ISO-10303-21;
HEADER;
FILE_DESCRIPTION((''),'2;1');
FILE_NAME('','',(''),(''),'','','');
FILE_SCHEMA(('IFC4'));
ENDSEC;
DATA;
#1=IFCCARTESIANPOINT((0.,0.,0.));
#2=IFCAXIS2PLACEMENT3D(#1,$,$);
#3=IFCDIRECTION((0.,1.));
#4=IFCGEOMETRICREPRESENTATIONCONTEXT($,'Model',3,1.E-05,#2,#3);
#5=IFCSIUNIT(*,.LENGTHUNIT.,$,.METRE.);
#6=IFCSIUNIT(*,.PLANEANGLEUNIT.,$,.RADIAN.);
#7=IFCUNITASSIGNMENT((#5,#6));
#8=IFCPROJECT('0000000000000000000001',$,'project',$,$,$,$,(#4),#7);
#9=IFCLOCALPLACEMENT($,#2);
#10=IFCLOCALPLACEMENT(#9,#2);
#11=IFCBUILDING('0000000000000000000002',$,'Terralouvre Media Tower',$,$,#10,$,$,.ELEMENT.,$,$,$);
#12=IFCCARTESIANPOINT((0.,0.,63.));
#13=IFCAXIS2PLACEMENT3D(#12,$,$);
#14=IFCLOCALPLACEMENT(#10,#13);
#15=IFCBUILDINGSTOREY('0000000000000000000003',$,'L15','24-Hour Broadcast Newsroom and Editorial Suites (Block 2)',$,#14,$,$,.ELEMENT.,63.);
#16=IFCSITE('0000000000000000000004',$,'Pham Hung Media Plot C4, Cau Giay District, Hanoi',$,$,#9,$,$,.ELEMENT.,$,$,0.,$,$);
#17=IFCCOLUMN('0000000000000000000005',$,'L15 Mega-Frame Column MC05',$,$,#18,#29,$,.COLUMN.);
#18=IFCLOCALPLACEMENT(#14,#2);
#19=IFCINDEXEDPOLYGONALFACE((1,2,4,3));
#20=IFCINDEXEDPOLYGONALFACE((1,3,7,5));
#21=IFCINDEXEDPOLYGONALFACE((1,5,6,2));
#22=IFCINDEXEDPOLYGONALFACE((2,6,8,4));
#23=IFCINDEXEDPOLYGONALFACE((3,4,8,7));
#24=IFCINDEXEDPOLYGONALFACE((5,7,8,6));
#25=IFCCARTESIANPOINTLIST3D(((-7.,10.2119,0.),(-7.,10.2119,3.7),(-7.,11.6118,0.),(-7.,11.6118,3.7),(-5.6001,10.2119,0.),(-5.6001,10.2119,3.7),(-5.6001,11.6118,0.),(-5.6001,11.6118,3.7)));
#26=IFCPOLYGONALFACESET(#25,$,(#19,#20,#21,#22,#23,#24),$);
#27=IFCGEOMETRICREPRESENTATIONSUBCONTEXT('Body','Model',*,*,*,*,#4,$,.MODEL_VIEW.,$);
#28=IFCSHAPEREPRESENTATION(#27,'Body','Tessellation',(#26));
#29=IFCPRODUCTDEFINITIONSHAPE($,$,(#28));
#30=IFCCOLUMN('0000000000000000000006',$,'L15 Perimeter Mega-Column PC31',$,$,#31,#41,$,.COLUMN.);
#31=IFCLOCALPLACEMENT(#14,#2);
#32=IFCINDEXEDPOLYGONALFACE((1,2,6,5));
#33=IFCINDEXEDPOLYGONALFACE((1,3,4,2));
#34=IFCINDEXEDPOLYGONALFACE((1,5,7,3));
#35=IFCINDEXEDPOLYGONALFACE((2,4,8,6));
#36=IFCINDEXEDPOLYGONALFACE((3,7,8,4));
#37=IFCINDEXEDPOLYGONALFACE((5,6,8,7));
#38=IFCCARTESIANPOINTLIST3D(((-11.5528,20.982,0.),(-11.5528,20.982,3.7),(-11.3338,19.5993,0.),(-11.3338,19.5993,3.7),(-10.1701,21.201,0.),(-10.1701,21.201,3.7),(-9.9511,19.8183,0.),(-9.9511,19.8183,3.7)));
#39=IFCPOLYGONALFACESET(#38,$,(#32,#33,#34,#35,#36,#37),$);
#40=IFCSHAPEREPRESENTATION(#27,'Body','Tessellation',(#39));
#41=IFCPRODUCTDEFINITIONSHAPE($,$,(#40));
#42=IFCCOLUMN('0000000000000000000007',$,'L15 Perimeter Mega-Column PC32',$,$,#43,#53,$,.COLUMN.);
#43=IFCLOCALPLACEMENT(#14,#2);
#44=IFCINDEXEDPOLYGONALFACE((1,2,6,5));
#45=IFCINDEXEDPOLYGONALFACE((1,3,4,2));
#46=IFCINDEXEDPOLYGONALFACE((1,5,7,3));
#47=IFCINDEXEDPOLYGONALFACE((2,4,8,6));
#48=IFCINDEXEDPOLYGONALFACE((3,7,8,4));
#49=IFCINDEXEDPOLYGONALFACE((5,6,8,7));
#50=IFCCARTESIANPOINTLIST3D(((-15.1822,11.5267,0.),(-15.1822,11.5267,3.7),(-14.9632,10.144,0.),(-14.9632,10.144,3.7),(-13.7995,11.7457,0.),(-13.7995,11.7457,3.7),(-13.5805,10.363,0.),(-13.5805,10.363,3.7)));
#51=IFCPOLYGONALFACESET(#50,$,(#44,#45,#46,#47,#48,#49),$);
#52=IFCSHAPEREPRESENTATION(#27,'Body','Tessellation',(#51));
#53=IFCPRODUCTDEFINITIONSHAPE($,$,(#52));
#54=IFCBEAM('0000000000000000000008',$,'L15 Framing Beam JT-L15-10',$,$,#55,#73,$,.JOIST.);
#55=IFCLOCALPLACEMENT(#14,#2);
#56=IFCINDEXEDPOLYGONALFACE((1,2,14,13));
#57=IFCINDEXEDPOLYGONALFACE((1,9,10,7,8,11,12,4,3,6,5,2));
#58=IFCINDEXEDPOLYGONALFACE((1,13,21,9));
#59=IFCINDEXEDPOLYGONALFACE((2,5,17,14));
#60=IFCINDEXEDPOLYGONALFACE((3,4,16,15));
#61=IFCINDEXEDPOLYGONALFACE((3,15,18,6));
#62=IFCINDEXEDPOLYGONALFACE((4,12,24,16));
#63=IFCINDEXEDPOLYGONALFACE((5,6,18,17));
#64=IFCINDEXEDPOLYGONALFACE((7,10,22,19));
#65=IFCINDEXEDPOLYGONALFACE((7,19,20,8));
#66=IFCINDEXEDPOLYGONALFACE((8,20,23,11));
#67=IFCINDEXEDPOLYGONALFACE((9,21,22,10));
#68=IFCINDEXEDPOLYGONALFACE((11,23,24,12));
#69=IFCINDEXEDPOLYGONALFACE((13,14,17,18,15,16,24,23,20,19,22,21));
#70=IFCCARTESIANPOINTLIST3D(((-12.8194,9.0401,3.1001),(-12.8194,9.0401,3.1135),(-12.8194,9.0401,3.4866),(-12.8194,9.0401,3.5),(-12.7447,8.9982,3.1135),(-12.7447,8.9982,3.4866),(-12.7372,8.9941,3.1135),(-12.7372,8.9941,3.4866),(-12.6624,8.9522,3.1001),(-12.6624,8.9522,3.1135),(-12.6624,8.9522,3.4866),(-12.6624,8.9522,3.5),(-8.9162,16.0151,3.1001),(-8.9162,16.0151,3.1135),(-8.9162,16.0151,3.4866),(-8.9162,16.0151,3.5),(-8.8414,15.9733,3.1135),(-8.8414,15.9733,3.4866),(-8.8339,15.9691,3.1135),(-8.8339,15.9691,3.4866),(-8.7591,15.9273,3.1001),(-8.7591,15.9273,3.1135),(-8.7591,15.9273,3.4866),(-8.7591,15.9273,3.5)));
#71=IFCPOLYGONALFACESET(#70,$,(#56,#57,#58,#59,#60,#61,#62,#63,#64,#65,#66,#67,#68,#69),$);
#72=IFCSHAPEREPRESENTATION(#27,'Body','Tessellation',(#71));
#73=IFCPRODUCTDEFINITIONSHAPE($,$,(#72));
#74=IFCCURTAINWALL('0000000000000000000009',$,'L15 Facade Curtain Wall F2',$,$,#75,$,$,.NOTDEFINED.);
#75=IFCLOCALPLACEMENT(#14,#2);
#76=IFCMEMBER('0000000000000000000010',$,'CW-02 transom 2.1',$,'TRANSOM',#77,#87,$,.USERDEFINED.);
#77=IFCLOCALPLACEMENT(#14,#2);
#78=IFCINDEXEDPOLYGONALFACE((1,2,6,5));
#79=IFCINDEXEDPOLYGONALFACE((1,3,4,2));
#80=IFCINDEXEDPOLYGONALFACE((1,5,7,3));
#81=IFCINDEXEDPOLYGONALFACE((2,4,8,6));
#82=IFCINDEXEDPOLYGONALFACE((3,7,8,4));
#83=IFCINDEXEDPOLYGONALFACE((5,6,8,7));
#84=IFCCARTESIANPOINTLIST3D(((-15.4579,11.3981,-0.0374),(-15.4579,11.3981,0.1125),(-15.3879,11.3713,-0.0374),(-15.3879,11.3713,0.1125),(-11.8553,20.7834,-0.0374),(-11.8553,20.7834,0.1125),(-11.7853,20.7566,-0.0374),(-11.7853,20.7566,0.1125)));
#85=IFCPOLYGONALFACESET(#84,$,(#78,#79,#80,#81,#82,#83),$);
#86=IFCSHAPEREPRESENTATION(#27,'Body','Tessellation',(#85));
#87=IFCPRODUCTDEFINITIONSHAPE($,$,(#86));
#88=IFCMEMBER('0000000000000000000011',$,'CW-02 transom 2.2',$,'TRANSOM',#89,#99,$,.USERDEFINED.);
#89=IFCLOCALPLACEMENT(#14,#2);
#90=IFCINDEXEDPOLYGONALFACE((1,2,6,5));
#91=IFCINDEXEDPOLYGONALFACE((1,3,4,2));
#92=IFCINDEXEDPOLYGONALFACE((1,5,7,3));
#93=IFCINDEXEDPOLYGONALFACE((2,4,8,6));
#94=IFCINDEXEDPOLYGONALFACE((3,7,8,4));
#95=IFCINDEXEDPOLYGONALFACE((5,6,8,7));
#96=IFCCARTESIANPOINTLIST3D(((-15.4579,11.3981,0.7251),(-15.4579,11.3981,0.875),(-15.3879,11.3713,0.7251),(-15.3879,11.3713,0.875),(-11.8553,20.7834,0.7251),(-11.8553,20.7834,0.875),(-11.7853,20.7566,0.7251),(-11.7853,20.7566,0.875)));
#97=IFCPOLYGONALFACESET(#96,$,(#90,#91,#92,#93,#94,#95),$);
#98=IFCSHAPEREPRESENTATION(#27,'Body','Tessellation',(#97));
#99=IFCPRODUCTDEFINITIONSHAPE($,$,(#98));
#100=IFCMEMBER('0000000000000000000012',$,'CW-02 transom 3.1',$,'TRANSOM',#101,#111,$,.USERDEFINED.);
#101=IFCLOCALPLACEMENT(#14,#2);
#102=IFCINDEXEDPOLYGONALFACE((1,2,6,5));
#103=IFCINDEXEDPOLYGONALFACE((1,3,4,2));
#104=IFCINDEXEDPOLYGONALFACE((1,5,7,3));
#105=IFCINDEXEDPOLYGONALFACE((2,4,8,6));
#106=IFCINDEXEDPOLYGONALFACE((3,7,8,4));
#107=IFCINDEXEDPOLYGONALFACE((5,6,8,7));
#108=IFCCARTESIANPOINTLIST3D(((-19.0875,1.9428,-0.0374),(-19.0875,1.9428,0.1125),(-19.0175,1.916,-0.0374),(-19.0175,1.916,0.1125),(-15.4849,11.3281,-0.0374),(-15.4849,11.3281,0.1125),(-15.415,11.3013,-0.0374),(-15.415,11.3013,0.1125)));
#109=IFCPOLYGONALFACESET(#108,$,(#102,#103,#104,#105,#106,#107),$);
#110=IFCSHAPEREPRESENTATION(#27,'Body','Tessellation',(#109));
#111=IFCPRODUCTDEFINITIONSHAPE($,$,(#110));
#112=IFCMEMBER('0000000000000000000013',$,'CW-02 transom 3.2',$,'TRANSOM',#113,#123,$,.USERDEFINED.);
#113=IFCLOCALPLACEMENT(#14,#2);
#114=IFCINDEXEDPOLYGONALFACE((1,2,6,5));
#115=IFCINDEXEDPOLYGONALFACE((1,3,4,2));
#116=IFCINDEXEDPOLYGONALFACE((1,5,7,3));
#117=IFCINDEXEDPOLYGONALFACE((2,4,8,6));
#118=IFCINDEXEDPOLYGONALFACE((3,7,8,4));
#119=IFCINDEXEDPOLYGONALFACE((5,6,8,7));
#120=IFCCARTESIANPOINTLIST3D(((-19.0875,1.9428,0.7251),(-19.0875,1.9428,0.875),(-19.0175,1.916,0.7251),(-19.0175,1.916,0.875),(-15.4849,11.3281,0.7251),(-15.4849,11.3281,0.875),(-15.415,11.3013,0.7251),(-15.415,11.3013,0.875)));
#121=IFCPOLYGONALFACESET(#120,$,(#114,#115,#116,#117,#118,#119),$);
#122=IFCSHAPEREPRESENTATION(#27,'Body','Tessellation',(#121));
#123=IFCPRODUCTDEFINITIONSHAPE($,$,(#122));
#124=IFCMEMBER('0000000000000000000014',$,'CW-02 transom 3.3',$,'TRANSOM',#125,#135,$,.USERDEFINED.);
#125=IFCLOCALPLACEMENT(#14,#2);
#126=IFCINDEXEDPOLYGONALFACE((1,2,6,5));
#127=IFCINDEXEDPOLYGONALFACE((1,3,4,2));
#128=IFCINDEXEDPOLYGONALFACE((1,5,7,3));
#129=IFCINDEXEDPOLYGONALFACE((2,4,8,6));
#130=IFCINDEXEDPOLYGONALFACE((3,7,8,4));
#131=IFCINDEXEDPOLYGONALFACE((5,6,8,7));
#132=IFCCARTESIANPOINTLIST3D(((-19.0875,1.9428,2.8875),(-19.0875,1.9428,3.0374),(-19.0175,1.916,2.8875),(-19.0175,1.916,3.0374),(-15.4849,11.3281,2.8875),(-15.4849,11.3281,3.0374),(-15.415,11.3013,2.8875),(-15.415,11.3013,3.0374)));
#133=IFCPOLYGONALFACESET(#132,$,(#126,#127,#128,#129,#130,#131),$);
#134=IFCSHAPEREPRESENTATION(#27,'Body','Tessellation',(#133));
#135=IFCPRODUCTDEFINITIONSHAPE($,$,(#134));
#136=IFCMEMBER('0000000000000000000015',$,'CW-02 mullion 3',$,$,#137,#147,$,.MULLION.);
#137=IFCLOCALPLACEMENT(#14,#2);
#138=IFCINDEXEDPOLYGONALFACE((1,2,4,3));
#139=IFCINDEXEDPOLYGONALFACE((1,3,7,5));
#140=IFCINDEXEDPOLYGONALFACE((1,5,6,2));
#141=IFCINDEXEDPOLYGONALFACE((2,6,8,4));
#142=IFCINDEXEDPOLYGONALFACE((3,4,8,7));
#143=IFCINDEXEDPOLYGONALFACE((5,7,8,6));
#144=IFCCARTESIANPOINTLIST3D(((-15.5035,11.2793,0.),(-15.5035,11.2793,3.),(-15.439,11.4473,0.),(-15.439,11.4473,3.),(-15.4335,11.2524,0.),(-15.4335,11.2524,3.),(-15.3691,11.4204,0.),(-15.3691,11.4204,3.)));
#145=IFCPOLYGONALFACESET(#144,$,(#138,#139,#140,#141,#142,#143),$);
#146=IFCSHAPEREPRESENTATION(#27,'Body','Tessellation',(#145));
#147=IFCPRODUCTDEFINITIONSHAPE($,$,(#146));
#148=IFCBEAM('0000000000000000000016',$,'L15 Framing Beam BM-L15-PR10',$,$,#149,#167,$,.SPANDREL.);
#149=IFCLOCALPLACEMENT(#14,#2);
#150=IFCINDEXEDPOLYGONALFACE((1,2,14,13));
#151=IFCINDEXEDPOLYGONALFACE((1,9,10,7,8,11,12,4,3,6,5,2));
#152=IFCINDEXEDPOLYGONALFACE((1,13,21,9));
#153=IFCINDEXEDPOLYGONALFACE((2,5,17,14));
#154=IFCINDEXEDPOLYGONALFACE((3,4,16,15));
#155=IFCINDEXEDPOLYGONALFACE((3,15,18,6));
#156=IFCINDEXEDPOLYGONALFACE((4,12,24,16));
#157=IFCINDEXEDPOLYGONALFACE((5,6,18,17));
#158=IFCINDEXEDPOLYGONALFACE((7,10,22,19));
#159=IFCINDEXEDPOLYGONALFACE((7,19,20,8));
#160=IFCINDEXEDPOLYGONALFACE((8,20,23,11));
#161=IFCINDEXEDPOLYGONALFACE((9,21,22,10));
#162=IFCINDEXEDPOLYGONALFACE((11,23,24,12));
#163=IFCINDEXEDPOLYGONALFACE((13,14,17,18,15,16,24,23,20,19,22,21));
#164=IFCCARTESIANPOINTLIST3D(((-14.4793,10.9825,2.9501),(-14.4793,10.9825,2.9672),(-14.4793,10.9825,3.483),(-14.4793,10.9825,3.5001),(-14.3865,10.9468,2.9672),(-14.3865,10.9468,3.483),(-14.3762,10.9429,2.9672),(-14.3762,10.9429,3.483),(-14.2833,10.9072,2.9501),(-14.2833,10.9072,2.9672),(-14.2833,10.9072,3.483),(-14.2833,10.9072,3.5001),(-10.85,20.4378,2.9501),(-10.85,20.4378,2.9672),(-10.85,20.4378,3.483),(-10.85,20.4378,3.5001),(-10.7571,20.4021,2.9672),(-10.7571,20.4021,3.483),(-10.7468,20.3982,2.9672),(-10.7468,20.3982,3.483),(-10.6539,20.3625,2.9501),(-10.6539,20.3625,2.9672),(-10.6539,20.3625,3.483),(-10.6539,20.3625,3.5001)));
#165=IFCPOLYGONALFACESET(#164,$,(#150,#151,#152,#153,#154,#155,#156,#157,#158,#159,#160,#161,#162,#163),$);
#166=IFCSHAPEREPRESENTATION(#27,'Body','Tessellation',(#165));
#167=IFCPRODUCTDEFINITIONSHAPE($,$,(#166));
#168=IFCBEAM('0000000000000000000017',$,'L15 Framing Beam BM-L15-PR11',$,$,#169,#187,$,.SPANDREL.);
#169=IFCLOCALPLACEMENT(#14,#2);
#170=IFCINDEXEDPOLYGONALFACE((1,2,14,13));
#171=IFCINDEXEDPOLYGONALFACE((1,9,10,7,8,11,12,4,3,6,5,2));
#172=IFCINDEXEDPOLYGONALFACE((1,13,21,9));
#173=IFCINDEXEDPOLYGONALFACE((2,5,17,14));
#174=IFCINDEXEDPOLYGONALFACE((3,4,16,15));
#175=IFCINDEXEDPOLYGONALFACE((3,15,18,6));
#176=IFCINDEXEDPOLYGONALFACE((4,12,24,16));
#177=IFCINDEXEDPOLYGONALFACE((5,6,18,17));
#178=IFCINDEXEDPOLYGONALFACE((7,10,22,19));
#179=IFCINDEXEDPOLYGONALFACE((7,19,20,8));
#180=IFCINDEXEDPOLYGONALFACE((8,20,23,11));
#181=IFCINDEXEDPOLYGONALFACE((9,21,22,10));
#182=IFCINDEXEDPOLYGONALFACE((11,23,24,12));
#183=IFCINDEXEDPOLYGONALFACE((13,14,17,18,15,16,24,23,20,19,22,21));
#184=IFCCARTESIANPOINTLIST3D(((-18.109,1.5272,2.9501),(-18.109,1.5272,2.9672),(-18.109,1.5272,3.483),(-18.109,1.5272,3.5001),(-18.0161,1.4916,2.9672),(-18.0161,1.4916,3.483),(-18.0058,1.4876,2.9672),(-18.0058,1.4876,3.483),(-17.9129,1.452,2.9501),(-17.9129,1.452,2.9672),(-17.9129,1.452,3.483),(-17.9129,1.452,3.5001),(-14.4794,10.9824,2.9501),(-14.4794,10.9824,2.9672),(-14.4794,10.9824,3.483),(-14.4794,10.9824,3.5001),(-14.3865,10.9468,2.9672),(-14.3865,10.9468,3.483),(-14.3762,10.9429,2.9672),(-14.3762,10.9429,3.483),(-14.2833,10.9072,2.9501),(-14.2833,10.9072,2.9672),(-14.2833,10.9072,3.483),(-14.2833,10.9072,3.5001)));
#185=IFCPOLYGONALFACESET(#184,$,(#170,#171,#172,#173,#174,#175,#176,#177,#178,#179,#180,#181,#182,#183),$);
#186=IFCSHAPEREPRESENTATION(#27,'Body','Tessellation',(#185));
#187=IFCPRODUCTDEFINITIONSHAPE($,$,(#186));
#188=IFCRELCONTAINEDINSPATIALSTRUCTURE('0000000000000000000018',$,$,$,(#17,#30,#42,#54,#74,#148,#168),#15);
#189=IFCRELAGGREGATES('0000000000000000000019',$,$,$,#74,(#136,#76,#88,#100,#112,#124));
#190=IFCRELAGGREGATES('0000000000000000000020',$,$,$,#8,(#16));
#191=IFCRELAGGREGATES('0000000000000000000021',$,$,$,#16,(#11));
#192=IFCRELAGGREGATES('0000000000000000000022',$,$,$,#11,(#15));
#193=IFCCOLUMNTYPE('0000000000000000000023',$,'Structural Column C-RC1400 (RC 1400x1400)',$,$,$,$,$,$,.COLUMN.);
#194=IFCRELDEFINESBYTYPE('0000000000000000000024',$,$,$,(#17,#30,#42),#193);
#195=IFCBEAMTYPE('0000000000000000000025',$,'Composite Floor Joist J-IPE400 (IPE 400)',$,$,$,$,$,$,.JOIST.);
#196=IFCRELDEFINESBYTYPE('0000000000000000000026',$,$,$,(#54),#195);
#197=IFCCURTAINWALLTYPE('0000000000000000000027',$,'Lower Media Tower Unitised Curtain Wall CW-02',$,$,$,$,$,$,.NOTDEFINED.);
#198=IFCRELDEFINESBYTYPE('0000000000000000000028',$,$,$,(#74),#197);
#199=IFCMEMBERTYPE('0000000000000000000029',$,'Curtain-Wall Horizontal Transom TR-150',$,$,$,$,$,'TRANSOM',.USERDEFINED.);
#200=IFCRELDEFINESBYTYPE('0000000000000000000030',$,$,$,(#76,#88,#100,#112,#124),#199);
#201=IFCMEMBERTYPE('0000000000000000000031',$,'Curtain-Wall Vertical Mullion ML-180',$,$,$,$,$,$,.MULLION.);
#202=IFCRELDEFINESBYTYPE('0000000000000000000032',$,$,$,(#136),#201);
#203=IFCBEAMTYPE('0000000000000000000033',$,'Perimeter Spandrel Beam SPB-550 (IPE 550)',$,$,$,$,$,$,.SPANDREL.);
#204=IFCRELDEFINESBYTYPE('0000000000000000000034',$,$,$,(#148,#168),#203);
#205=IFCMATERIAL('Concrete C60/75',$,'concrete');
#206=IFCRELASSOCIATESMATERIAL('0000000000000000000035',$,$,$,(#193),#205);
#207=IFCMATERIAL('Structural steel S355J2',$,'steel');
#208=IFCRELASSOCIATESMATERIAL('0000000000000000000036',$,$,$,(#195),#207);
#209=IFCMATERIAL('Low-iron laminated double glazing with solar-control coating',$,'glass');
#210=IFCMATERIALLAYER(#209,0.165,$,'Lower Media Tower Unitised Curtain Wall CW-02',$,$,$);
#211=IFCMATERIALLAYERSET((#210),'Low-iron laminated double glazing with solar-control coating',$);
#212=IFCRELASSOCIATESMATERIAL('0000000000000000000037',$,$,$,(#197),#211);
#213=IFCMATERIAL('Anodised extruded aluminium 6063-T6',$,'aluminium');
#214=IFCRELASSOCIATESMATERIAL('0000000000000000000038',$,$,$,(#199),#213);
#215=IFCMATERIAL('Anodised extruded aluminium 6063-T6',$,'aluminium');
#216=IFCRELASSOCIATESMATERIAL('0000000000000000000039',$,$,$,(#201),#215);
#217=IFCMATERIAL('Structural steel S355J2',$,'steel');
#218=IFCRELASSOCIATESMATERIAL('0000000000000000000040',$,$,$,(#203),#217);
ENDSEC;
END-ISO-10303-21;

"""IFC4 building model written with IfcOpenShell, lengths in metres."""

from ifc_helpers import new_model, si_unit, direction, frame, origin, origin_2d, place, context, subcontext, project, spatial, rectangle, i_section, extrude, material, layer, layer_set, material_profile, profile_set, type_object, element, aggregate, save


model = new_model("IFC4")

# Units and contexts
model_context = context("Model", 3, precision=1e-05, world=origin(), true_north=direction((0.0, 1.0)))
body_context = subcontext(model_context, "Body", "Model", "MODEL_VIEW")
ifc_project = project(units=[si_unit("LENGTHUNIT", "METRE"), si_unit("PLANEANGLEUNIT", "RADIAN")], contexts=[model_context])

# Site, building, storey
site_placement = place(None, origin())
site = spatial("IfcSite", under=ifc_project, at=site_placement, Name="Pham Hung Media Plot C4, Cau Giay District, Hanoi", CompositionType="ELEMENT", RefElevation=0.0)
building_placement = place(site_placement, origin())
building = spatial("IfcBuilding", under=site, at=building_placement, Name="Terralouvre Media Tower", CompositionType="ELEMENT")
storey_placement = place(building_placement, frame((0.0, 0.0, 63.0)))
storey = spatial("IfcBuildingStorey", under=building, at=storey_placement, Name="L15", Description="24-Hour Broadcast Newsroom and Editorial Suites (Block 2)", CompositionType="ELEMENT", Elevation=63.0)

# Columns
ifc_material_1 = material(Name="Concrete C60/75", Category="concrete")
ifc_material_profile_1 = material_profile(ifc_material_1, rectangle(XDim=1.3999, YDim=1.3999, at=origin_2d()), Name="RC 1400x1400")
ifc_profile_set_1 = profile_set([ifc_material_profile_1], Name="Concrete C60/75")
column_type = type_object("IfcColumnType", Name="Structural Column C-RC1400 (RC 1400x1400)", PredefinedType="COLUMN", material=ifc_profile_set_1)
for number, where, z_axis, x_axis, name in (
    (1, (-6.3, 10.9119, 0.0), (0.0, 0.0, 1.0), (1.0, 0.0, 0.0), "L15 Mega-Frame Column MC05"),
    (2, (-10.752, 20.4001, 0.0), (0.0, 0.0, 1.0), (0.987688, 0.156434, 0.0), "L15 Perimeter Mega-Column PC31"),
    (3, (-14.3813, 10.9448, 0.0), (0.0, 0.0, 1.0), (0.987688, 0.156434, 0.0), "L15 Perimeter Mega-Column PC32"),
):
    element("IfcColumn", number, at=place(storey_placement, frame(where, z_axis=z_axis, x_axis=x_axis)), inside=storey, type_object=column_type, Name=name, PredefinedType="COLUMN", context=body_context, shape_type="SweptSolid", body=[
        extrude(rectangle(XDim=1.3999, YDim=1.3999, at=origin_2d()), origin(), (0.0, 0.0, 1.0), 3.7),
    ])

# Beam
ifc_material_2 = material(Name="Structural steel S355J2", Category="steel")
ifc_material_profile_2 = material_profile(ifc_material_2, i_section(OverallWidth=0.1799, OverallDepth=0.3999, WebThickness=0.0085, FlangeThickness=0.0134, at=origin_2d()), Name="IPE 400")
ifc_profile_set_2 = profile_set([ifc_material_profile_2], Name="Structural steel S355J2")
beam_type_1 = type_object("IfcBeamType", Name="Composite Floor Joist J-IPE400 (IPE 400)", PredefinedType="JOIST", material=ifc_profile_set_2)
beam_1_placement = place(storey_placement, frame((-8.8376, 15.9712, 3.3), z_axis=(-0.488343, -0.872652, 0.0), x_axis=(0.872652, -0.488343, 0.0)))
element("IfcBeam", 4, at=beam_1_placement, inside=storey, type_object=beam_type_1, Name="L15 Framing Beam JT-L15-10", PredefinedType="JOIST", context=body_context, shape_type="SweptSolid", body=[
    extrude(i_section(OverallWidth=0.1799, OverallDepth=0.3999, WebThickness=0.0085, FlangeThickness=0.0134, at=origin_2d()), origin(), (0.0, 0.0, 1.0), 7.9929),
])

# Curtain wall, members
ifc_material_3 = material(Name="Low-iron laminated double glazing with solar-control coating", Category="glass")
ifc_layer_1 = layer(ifc_material_3, 0.165, Name="Lower Media Tower Unitised Curtain Wall CW-02")
ifc_layer_set_1 = layer_set([ifc_layer_1], Name="Low-iron laminated double glazing with solar-control coating")
curtain_wall_type = type_object("IfcCurtainWallType", Name="Lower Media Tower Unitised Curtain Wall CW-02", PredefinedType="NOTDEFINED", material=ifc_layer_set_1)
curtain_wall_placement = place(storey_placement, origin())
curtain_wall = element("IfcCurtainWall", 5, at=curtain_wall_placement, inside=storey, type_object=curtain_wall_type, Name="L15 Facade Curtain Wall F2", PredefinedType="NOTDEFINED")
ifc_material_4 = material(Name="Anodised extruded aluminium 6063-T6", Category="aluminium")
ifc_material_profile_3 = material_profile(ifc_material_4, rectangle(XDim=0.075, YDim=0.1499, at=origin_2d()), Name="ALU 75x150")
ifc_profile_set_3 = profile_set([ifc_material_profile_3], Name="Anodised extruded aluminium 6063-T6")
member_type_1 = type_object("IfcMemberType", Name="Curtain-Wall Horizontal Transom TR-150", ElementType="TRANSOM", PredefinedType="USERDEFINED", material=ifc_profile_set_3)
member_1_placement = place(storey_placement, frame((-11.8203, 20.77, 0.0376), z_axis=(-0.358357, -0.933584, 0.0), x_axis=(0.933584, -0.358357, 0.0)))
member_1 = element("IfcMember", 6, at=member_1_placement, type_object=member_type_1, Name="CW-02 transom 2.1", ObjectType="TRANSOM", PredefinedType="USERDEFINED", context=body_context, shape_type="SweptSolid", body=[
    extrude(rectangle(XDim=0.075, YDim=0.1499, at=origin_2d()), origin(), (0.0, 0.0, 1.0), 10.053),
])
member_2_placement = place(storey_placement, frame((-11.8203, 20.77, 0.8), z_axis=(-0.358357, -0.933584, 0.0), x_axis=(0.933584, -0.358357, 0.0)))
member_2 = element("IfcMember", 7, at=member_2_placement, type_object=member_type_1, Name="CW-02 transom 2.2", ObjectType="TRANSOM", PredefinedType="USERDEFINED", context=body_context, shape_type="SweptSolid", body=[
    extrude(rectangle(XDim=0.075, YDim=0.1499, at=origin_2d()), origin(), (0.0, 0.0, 1.0), 10.053),
])
member_3_placement = place(storey_placement, frame((-15.45, 11.3147, 0.0376), z_axis=(-0.358357, -0.933584, 0.0), x_axis=(0.933584, -0.358357, 0.0)))
member_3 = element("IfcMember", 8, at=member_3_placement, type_object=member_type_1, Name="CW-02 transom 3.1", ObjectType="TRANSOM", PredefinedType="USERDEFINED", context=body_context, shape_type="SweptSolid", body=[
    extrude(rectangle(XDim=0.075, YDim=0.1499, at=origin_2d()), origin(), (0.0, 0.0, 1.0), 10.053),
])
member_4_placement = place(storey_placement, frame((-15.45, 11.3147, 0.8), z_axis=(-0.358357, -0.933584, 0.0), x_axis=(0.933584, -0.358357, 0.0)))
member_4 = element("IfcMember", 9, at=member_4_placement, type_object=member_type_1, Name="CW-02 transom 3.2", ObjectType="TRANSOM", PredefinedType="USERDEFINED", context=body_context, shape_type="SweptSolid", body=[
    extrude(rectangle(XDim=0.075, YDim=0.1499, at=origin_2d()), origin(), (0.0, 0.0, 1.0), 10.053),
])
member_5_placement = place(storey_placement, frame((-15.45, 11.3147, 2.9624), z_axis=(-0.358357, -0.933584, 0.0), x_axis=(0.933584, -0.358357, 0.0)))
member_5 = element("IfcMember", 10, at=member_5_placement, type_object=member_type_1, Name="CW-02 transom 3.3", ObjectType="TRANSOM", PredefinedType="USERDEFINED", context=body_context, shape_type="SweptSolid", body=[
    extrude(rectangle(XDim=0.075, YDim=0.1499, at=origin_2d()), origin(), (0.0, 0.0, 1.0), 10.053),
])
ifc_material_5 = material(Name="Anodised extruded aluminium 6063-T6", Category="aluminium")
ifc_material_profile_4 = material_profile(ifc_material_5, rectangle(XDim=0.075, YDim=0.1799, at=origin_2d()), Name="ALU 75x180")
ifc_profile_set_4 = profile_set([ifc_material_profile_4], Name="Anodised extruded aluminium 6063-T6")
member_type_2 = type_object("IfcMemberType", Name="Curtain-Wall Vertical Mullion ML-180", PredefinedType="MULLION", material=ifc_profile_set_4)
member_6_placement = place(storey_placement, frame((-15.4363, 11.3499, 0.0), z_axis=(0.0, 0.0, 1.0), x_axis=(0.93358, -0.358368, 0.0)))
member_6 = element("IfcMember", 11, at=member_6_placement, type_object=member_type_2, Name="CW-02 mullion 3", PredefinedType="MULLION", context=body_context, shape_type="SweptSolid", body=[
    extrude(rectangle(XDim=0.075, YDim=0.1799, at=origin_2d()), origin(), (0.0, 0.0, 1.0), 3.0),
])

# Beams
ifc_material_6 = material(Name="Structural steel S355J2", Category="steel")
ifc_material_profile_5 = material_profile(ifc_material_6, i_section(OverallWidth=0.21, OverallDepth=0.55, WebThickness=0.011, FlangeThickness=0.0171, at=origin_2d()), Name="IPE 550")
ifc_profile_set_5 = profile_set([ifc_material_profile_5], Name="Structural steel S355J2")
beam_type_2 = type_object("IfcBeamType", Name="Perimeter Spandrel Beam SPB-550 (IPE 550)", PredefinedType="SPANDREL", material=ifc_profile_set_5)
for number, where, z_axis, x_axis, name in (
    (12, (-10.752, 20.4001, 3.2251), (-0.358354, -0.933586, 0.0), (0.933586, -0.358354, 0.0), "L15 Framing Beam BM-L15-PR10"),
    (13, (-14.3813, 10.9448, 3.2251), (-0.358375, -0.933578, 0.0), (0.933578, -0.358375, 0.0), "L15 Framing Beam BM-L15-PR11"),
):
    element("IfcBeam", number, at=place(storey_placement, frame(where, z_axis=z_axis, x_axis=x_axis)), inside=storey, type_object=beam_type_2, Name=name, PredefinedType="SPANDREL", context=body_context, shape_type="SweptSolid", body=[
        extrude(i_section(OverallWidth=0.21, OverallDepth=0.55, WebThickness=0.011, FlangeThickness=0.0171, at=origin_2d()), origin(), (0.0, 0.0, 1.0), 10.1279),
    ])

aggregate(curtain_wall, [member_6, member_1, member_2, member_3, member_4, member_5])

save(model, "model.ifc")
